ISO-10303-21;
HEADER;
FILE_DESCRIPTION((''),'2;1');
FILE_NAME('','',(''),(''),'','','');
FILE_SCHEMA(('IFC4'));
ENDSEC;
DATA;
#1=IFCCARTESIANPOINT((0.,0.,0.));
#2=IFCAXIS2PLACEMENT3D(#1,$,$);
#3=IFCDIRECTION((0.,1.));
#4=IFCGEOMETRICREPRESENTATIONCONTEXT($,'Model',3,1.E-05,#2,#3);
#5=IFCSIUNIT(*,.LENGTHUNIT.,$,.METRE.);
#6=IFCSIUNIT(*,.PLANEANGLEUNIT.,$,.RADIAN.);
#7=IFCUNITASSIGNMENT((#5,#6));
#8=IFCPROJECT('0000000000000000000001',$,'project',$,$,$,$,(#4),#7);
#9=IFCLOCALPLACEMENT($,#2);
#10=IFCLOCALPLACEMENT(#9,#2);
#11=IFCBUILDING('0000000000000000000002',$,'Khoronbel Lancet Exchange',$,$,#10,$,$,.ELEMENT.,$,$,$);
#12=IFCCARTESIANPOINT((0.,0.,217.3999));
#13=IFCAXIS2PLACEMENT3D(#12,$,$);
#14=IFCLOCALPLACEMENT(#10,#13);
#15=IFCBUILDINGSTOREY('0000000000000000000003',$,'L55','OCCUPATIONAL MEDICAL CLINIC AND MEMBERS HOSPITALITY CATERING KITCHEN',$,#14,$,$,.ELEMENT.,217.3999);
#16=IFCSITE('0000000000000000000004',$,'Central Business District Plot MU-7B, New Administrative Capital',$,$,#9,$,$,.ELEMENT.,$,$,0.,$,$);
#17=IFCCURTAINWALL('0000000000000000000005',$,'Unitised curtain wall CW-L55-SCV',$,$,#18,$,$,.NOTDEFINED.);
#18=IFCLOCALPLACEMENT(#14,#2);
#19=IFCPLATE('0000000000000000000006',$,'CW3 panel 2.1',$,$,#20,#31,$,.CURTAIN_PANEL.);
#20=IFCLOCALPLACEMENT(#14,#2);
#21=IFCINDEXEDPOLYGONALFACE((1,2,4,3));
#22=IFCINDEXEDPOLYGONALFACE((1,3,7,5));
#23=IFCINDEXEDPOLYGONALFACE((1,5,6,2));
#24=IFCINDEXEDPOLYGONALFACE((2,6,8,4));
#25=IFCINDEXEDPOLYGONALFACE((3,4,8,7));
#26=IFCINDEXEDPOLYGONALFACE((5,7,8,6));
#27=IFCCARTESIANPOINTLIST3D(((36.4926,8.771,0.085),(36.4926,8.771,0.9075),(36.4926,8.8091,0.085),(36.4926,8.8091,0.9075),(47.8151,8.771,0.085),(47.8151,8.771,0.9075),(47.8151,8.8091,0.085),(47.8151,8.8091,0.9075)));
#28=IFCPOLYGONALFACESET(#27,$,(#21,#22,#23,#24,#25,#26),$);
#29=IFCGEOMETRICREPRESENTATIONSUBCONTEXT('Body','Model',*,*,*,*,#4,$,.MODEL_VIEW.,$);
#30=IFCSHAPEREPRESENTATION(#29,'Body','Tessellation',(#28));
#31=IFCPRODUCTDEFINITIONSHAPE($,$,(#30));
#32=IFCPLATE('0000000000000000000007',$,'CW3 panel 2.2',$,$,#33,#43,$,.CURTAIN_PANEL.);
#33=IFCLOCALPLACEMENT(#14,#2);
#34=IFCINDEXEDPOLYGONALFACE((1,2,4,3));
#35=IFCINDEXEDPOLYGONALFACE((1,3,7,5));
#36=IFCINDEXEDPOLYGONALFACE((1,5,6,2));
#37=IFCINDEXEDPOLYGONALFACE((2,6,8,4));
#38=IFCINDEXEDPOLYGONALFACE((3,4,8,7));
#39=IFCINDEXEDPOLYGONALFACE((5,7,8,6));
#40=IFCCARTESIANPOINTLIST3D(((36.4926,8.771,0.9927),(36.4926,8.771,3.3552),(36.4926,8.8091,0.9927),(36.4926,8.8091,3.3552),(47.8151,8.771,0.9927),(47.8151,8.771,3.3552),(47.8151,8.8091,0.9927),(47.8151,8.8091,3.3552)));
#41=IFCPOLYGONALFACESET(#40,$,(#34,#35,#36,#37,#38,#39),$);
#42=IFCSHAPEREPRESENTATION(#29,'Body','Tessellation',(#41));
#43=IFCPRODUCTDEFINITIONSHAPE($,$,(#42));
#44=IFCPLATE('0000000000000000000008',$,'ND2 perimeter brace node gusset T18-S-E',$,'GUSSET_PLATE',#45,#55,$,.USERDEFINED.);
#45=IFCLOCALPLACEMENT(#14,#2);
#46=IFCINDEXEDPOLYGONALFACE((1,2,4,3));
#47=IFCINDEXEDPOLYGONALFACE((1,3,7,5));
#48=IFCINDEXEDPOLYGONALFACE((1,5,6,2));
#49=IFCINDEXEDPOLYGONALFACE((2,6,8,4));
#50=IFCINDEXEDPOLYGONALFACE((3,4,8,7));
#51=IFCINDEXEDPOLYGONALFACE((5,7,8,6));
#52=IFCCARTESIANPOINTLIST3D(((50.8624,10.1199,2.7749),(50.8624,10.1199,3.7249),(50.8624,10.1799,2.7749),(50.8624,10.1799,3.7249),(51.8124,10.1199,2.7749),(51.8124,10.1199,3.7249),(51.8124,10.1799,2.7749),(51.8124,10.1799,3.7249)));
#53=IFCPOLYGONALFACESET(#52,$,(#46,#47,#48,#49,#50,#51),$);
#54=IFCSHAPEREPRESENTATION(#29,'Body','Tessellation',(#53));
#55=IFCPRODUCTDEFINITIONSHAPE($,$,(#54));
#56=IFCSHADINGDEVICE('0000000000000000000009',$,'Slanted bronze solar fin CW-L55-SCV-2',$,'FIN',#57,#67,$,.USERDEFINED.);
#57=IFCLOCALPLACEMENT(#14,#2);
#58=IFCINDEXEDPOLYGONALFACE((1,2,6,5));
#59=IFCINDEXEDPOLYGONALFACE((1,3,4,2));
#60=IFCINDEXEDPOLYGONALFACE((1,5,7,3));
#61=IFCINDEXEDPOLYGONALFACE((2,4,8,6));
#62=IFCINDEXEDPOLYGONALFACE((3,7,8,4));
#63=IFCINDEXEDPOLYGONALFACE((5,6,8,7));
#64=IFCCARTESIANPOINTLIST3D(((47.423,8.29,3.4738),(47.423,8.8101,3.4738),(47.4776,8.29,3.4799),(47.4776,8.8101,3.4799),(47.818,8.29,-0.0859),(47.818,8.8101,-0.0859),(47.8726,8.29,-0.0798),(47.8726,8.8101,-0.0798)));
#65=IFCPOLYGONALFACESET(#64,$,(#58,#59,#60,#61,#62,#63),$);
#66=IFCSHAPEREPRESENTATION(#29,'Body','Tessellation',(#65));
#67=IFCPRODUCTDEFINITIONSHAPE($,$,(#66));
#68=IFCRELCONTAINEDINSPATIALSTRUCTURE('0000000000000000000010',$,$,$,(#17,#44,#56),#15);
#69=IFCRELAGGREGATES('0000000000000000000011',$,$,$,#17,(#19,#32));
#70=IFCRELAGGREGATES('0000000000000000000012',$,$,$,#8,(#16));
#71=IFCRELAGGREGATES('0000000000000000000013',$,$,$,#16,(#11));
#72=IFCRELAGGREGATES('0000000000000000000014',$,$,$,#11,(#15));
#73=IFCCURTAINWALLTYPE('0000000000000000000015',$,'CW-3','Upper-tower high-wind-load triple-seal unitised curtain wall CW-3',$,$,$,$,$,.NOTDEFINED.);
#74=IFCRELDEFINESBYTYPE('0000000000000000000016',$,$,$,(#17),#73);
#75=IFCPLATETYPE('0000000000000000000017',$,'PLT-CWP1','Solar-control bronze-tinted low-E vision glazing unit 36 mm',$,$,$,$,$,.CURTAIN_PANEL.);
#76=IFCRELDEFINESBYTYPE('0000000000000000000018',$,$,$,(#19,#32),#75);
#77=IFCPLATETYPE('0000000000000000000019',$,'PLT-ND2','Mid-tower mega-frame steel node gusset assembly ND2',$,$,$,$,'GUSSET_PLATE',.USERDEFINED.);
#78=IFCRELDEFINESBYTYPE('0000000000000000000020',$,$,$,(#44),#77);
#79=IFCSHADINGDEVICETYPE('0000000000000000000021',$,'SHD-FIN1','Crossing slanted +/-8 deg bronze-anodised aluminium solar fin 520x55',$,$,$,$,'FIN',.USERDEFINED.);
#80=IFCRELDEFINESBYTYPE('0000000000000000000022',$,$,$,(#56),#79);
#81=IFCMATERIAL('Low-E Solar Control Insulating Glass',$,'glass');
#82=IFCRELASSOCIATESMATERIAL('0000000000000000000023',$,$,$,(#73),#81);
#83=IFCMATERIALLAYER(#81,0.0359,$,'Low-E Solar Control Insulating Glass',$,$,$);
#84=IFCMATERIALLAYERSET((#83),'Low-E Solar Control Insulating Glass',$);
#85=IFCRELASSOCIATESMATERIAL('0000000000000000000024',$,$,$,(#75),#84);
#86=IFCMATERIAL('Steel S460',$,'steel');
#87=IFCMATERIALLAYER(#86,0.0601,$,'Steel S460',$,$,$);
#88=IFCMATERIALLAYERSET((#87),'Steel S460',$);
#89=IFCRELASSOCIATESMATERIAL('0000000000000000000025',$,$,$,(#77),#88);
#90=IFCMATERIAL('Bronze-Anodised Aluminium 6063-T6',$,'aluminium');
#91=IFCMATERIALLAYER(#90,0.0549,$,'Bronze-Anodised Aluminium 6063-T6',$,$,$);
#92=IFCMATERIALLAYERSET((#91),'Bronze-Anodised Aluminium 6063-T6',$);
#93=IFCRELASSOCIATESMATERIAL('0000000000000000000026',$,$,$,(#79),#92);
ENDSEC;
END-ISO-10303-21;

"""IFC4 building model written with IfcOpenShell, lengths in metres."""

from ifc_helpers import new_model, si_unit, direction, frame, origin, origin_2d, place, context, subcontext, project, spatial, polyline, rectangle, outline, extrude, material, layer, layer_set, type_object, element, aggregate, save


model = new_model("IFC4")

# Units and contexts
model_context = context("Model", 3, precision=1e-05, world=origin(), true_north=direction((0.0, 1.0)))
body_context = subcontext(model_context, "Body", "Model", "MODEL_VIEW")
ifc_project = project(units=[si_unit("LENGTHUNIT", "METRE"), si_unit("PLANEANGLEUNIT", "RADIAN")], contexts=[model_context])

# Site, building, storey
site_placement = place(None, origin())
site = spatial("IfcSite", under=ifc_project, at=site_placement, Name="Central Business District Plot MU-7B, New Administrative Capital", CompositionType="ELEMENT", RefElevation=0.0)
building_placement = place(site_placement, origin())
building = spatial("IfcBuilding", under=site, at=building_placement, Name="Khoronbel Lancet Exchange", CompositionType="ELEMENT")
storey_placement = place(building_placement, frame((0.0, 0.0, 217.3999)))
storey = spatial("IfcBuildingStorey", under=building, at=storey_placement, Name="L55", Description="OCCUPATIONAL MEDICAL CLINIC AND MEMBERS HOSPITALITY CATERING KITCHEN", CompositionType="ELEMENT", Elevation=217.3999)

# Shared definitions
ifc_material_1 = material(Name="Steel S460", Category="steel")

# Curtain wall
ifc_material_2 = material(Name="Low-E Solar Control Insulating Glass", Category="glass")
curtain_wall_type = type_object("IfcCurtainWallType", Name="CW-3", Description="Upper-tower high-wind-load triple-seal unitised curtain wall CW-3", PredefinedType="NOTDEFINED", material=ifc_material_2)
curtain_wall_1_placement = place(storey_placement, origin())
curtain_wall_1 = element("IfcCurtainWall", 1, at=curtain_wall_1_placement, inside=storey, type_object=curtain_wall_type, Name="Unitised curtain wall CW-L55-SCV", PredefinedType="NOTDEFINED")
ifc_material_3 = material(Name="Bronze-Anodised Aluminium 6063-T6", Category="aluminium")

# Plates
ifc_layer_1 = layer(ifc_material_2, 0.0359, Name="Low-E Solar Control Insulating Glass")
ifc_layer_set_1 = layer_set([ifc_layer_1], Name="Low-E Solar Control Insulating Glass")
plate_type_1 = type_object("IfcPlateType", Name="PLT-CWP1", Description="Solar-control bronze-tinted low-E vision glazing unit 36 mm", PredefinedType="CURTAIN_PANEL", material=ifc_layer_set_1)
plate_1_placement = place(storey_placement, frame((42.1538, 8.79, 0.085), z_axis=(0.0, 0.0, 1.0), x_axis=(1.0, 0.0, 0.0)))
plate_1 = element("IfcPlate", 2, at=plate_1_placement, type_object=plate_type_1, Name="CW3 panel 2.1", PredefinedType="CURTAIN_PANEL", context=body_context, shape_type="SweptSolid", body=[
    extrude(rectangle(XDim=11.3225, YDim=0.0381, at=origin_2d()), origin(), (0.0, 0.0, 1.0), 0.8225),
])
plate_2_placement = place(storey_placement, frame((42.1538, 8.79, 0.9927), z_axis=(0.0, 0.0, 1.0), x_axis=(1.0, 0.0, 0.0)))
plate_2 = element("IfcPlate", 3, at=plate_2_placement, type_object=plate_type_1, Name="CW3 panel 2.2", PredefinedType="CURTAIN_PANEL", context=body_context, shape_type="SweptSolid", body=[
    extrude(rectangle(XDim=11.3225, YDim=0.0381, at=origin_2d()), origin(), (0.0, 0.0, 1.0), 2.3625),
])
aggregate(curtain_wall_1, [plate_1, plate_2])
ifc_layer_2 = layer(ifc_material_1, 0.0601, Name="Steel S460")
ifc_layer_set_2 = layer_set([ifc_layer_2], Name="Steel S460")
plate_type_2 = type_object("IfcPlateType", Name="PLT-ND2", Description="Mid-tower mega-frame steel node gusset assembly ND2", ElementType="GUSSET_PLATE", PredefinedType="USERDEFINED", material=ifc_layer_set_2)
plate_3_placement = place(storey_placement, frame((51.3374, 10.1499, 2.7749), z_axis=(0.0, 0.0, 1.0), x_axis=(1.0, 0.0, 0.0)))
element("IfcPlate", 4, at=plate_3_placement, inside=storey, type_object=plate_type_2, Name="ND2 perimeter brace node gusset T18-S-E", ObjectType="GUSSET_PLATE", PredefinedType="USERDEFINED", context=body_context, shape_type="SweptSolid", body=[
    extrude(rectangle(XDim=0.95, YDim=0.0601, at=origin_2d()), origin(), (0.0, 0.0, 1.0), 0.95),
])

# Shading device
ifc_layer_3 = layer(ifc_material_3, 0.0549, Name="Bronze-Anodised Aluminium 6063-T6")
ifc_layer_set_3 = layer_set([ifc_layer_3], Name="Bronze-Anodised Aluminium 6063-T6")
shading_device_type = type_object("IfcShadingDeviceType", Name="SHD-FIN1", Description="Crossing slanted +/-8 deg bronze-anodised aluminium solar fin 520x55", ElementType="FIN", PredefinedType="USERDEFINED", material=ifc_layer_set_3)
shading_device_placement = place(storey_placement, frame((47.8726, 8.8101, -0.0798), z_axis=(0.9939, 0.0, 0.110289), x_axis=(0.0, -1.0, 0.0)))
element("IfcShadingDevice", 5, at=shading_device_placement, inside=storey, type_object=shading_device_type, Name="Slanted bronze solar fin CW-L55-SCV-2", ObjectType="FIN", PredefinedType="USERDEFINED", context=body_context, shape_type="SweptSolid", body=[
    extrude(outline(polyline([(0.0, 0.0), (0.52, 0.0), (0.52, -3.5815), (0.0, -3.5815), (0.0, 0.0)])), origin(), (0.0, 0.0, -1.0), 0.0549),
])

save(model, "model.ifc")
